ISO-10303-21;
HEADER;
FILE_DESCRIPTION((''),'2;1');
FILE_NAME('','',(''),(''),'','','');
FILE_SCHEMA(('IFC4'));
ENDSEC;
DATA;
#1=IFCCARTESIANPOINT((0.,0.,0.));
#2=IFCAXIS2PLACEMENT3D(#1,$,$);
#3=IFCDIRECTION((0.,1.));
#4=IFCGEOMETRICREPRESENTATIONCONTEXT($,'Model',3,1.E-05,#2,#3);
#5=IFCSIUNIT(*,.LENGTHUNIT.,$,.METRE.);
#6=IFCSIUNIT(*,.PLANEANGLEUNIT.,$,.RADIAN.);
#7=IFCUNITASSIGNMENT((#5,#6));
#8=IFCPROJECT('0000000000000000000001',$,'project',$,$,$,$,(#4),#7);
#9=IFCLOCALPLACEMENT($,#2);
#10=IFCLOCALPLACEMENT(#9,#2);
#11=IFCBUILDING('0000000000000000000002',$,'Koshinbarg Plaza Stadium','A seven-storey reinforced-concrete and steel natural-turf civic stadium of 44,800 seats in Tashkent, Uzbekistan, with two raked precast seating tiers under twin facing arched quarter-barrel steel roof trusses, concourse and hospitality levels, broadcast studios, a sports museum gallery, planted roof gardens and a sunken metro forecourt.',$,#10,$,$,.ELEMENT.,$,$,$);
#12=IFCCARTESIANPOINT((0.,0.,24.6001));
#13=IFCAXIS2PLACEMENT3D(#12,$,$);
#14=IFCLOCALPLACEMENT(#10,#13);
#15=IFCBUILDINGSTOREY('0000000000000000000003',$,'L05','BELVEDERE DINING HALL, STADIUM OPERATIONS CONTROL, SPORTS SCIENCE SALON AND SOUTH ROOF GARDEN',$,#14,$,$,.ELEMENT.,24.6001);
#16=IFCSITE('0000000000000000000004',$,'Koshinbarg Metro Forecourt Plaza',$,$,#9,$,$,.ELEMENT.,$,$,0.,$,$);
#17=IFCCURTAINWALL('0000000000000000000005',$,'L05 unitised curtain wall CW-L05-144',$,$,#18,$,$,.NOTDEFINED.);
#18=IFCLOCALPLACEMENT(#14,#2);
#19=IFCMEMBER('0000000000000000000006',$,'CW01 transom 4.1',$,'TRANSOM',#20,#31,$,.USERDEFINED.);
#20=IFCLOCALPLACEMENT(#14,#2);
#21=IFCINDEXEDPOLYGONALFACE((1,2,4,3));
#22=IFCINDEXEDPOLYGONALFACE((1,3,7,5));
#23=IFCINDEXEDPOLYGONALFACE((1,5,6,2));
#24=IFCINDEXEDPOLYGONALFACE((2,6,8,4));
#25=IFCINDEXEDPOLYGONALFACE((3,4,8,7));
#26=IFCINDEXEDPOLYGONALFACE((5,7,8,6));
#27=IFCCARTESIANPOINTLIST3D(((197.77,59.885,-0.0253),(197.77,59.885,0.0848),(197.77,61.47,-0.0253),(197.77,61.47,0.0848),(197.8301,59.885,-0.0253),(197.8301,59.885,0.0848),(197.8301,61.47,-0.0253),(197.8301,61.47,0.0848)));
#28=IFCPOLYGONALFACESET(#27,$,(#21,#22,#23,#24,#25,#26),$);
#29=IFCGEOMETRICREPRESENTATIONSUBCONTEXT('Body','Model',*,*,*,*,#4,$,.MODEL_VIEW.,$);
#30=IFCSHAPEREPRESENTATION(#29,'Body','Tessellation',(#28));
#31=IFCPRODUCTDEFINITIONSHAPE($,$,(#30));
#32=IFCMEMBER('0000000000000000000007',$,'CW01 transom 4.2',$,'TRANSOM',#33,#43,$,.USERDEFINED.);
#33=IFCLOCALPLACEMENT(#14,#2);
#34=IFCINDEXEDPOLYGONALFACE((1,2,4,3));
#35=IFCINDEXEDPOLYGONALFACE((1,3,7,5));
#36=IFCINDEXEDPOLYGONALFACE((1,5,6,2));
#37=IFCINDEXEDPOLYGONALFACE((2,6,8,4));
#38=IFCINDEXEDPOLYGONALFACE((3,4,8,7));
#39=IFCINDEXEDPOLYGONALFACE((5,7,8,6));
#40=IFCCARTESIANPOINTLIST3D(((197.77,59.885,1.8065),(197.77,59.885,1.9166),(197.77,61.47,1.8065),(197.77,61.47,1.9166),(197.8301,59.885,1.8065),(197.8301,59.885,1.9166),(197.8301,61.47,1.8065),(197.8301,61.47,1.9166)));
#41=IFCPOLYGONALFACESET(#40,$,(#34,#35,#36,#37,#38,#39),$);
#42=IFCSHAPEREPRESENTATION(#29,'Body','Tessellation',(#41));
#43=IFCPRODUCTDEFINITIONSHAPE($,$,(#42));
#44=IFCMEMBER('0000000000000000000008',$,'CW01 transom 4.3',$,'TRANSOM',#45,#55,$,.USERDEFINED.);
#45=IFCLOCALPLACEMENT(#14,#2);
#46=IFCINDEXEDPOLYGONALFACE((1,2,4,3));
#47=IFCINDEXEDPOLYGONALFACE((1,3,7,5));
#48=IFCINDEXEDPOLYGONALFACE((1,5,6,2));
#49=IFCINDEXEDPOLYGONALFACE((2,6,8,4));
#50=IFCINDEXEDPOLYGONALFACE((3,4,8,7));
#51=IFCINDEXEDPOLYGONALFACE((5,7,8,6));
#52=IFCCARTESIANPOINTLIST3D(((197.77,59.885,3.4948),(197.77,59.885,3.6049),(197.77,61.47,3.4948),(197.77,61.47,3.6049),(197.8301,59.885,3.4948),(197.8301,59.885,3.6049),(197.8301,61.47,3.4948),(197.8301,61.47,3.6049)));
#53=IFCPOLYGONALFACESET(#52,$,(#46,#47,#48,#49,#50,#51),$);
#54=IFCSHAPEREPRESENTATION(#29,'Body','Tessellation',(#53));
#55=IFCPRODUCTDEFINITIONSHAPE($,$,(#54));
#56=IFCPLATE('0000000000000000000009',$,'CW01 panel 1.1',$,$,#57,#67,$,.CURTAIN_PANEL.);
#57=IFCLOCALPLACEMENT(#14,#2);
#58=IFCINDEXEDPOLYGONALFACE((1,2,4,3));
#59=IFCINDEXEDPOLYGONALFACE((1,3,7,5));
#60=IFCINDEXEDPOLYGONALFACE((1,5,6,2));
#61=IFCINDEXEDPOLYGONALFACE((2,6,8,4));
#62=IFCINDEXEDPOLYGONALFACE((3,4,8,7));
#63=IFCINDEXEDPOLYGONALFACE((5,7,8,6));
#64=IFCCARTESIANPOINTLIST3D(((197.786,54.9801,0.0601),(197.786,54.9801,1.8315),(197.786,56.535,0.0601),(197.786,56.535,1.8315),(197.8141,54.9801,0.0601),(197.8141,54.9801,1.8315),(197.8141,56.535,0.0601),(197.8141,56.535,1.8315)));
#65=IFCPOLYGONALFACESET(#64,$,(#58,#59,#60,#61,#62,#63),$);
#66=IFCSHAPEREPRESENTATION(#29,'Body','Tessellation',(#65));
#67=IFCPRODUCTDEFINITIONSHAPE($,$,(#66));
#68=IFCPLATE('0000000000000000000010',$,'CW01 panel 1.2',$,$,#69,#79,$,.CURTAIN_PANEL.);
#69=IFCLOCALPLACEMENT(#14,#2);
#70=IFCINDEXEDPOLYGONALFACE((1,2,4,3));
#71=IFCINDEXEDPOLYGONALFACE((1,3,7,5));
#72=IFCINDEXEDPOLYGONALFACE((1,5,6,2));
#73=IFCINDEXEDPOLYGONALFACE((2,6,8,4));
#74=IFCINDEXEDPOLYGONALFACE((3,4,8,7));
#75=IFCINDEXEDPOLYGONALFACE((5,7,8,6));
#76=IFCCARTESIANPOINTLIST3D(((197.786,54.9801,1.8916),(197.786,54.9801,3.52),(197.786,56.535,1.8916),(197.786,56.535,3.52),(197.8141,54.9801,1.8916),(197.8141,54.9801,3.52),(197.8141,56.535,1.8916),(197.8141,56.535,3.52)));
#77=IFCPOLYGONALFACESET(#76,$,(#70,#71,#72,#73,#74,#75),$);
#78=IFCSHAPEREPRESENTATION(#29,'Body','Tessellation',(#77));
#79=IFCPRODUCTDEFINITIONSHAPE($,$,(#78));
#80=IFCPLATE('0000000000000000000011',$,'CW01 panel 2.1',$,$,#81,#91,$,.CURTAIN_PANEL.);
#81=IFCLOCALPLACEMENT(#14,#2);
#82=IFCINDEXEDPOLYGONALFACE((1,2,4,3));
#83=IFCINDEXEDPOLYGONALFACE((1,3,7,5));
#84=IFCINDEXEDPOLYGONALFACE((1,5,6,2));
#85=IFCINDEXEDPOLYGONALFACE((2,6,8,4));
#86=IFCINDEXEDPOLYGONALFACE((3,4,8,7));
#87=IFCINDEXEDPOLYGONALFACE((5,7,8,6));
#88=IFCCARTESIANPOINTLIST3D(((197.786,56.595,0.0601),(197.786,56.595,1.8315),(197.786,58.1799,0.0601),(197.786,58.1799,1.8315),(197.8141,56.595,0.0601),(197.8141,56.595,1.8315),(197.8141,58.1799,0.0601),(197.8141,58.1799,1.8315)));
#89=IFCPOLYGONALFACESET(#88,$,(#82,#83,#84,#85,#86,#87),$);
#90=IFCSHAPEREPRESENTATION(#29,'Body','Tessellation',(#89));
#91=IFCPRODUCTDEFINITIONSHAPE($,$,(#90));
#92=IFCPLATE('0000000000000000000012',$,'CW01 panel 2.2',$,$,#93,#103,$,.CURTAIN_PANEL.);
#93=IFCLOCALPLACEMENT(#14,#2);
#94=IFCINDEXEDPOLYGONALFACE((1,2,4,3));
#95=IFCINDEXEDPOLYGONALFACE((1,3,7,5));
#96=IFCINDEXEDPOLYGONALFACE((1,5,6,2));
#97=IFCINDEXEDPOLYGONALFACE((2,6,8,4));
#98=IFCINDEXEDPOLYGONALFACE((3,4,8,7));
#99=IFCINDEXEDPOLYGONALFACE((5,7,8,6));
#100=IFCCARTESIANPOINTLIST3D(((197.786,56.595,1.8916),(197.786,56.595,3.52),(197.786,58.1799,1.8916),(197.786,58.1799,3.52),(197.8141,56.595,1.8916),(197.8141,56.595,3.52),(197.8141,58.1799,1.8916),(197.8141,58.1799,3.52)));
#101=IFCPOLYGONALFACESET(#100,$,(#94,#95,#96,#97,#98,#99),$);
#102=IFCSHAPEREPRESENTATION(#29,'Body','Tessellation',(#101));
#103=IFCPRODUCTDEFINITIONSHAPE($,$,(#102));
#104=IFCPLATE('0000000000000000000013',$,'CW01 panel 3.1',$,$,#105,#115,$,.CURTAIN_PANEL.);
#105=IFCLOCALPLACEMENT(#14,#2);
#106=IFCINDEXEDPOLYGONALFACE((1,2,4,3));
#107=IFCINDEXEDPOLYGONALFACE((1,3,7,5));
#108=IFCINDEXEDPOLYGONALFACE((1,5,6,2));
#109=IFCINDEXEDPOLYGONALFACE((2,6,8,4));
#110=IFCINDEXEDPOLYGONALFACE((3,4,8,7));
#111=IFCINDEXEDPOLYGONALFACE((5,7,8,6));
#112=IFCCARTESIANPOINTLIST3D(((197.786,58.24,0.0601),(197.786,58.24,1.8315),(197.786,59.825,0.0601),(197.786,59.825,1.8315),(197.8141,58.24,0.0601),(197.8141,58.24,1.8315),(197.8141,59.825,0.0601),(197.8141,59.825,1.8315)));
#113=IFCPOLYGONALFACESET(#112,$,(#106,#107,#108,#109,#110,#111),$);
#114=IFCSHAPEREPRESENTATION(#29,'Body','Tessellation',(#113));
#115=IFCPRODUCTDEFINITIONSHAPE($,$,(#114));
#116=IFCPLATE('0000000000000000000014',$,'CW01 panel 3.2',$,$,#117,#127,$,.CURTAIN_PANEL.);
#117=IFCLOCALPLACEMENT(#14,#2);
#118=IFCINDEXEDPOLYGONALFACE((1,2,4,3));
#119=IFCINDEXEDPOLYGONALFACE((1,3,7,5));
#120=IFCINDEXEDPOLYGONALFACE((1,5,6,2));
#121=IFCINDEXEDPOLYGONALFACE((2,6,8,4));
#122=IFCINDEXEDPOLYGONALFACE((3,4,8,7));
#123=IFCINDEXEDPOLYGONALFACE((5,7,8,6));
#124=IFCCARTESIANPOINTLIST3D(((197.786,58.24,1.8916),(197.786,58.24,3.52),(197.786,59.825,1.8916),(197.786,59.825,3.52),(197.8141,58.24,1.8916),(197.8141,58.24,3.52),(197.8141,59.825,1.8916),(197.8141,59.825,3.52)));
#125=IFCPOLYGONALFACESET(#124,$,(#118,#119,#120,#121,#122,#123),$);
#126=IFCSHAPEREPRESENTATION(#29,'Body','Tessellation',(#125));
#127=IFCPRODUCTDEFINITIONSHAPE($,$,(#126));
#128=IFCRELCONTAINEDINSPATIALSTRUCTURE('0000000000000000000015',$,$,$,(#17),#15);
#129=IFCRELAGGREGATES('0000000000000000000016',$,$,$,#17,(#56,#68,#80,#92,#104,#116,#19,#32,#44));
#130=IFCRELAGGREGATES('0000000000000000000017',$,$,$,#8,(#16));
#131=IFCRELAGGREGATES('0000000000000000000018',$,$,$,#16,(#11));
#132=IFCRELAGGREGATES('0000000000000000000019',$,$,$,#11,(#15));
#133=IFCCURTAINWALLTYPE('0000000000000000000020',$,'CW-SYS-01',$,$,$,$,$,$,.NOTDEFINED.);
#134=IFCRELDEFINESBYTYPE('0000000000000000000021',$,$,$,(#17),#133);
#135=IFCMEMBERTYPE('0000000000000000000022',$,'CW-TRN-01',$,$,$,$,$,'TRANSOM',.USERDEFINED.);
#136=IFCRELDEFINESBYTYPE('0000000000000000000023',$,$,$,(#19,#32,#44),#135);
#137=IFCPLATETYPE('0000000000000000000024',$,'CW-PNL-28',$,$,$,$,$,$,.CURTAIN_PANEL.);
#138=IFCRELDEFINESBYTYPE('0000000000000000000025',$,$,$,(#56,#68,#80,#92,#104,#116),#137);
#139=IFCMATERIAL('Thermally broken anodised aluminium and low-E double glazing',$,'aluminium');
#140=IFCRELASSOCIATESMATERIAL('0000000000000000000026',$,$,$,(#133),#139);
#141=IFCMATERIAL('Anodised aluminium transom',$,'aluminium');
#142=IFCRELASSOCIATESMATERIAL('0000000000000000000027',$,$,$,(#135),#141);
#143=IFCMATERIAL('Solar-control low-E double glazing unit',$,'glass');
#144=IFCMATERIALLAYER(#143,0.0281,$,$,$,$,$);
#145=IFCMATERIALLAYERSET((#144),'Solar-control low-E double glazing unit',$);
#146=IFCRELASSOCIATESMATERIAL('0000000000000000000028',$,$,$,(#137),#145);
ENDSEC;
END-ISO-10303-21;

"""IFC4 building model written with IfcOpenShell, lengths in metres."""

from ifc_helpers import new_model, si_unit, direction, frame, origin, origin_2d, place, context, subcontext, project, spatial, rectangle, extrude, material, layer, layer_set, material_profile, profile_set, type_object, element, aggregate, save


model = new_model("IFC4")

# Units and contexts
model_context = context("Model", 3, precision=1e-05, world=origin(), true_north=direction((0.0, 1.0)))
body_context = subcontext(model_context, "Body", "Model", "MODEL_VIEW")
ifc_project = project(units=[si_unit("LENGTHUNIT", "METRE"), si_unit("PLANEANGLEUNIT", "RADIAN")], contexts=[model_context])

# Site, building, storey
site_placement = place(None, origin())
site = spatial("IfcSite", under=ifc_project, at=site_placement, Name="Koshinbarg Metro Forecourt Plaza", CompositionType="ELEMENT", RefElevation=0.0)
building_placement = place(site_placement, origin())
building = spatial("IfcBuilding", under=site, at=building_placement, Name="Koshinbarg Plaza Stadium", Description="A seven-storey reinforced-concrete and steel natural-turf civic stadium of 44,800 seats in Tashkent, Uzbekistan, with two raked precast seating tiers under twin facing arched quarter-barrel steel roof trusses, concourse and hospitality levels, broadcast studios, a sports museum gallery, planted roof gardens and a sunken metro forecourt.", CompositionType="ELEMENT")
storey_placement = place(building_placement, frame((0.0, 0.0, 24.6001)))
storey = spatial("IfcBuildingStorey", under=building, at=storey_placement, Name="L05", Description="BELVEDERE DINING HALL, STADIUM OPERATIONS CONTROL, SPORTS SCIENCE SALON AND SOUTH ROOF GARDEN", CompositionType="ELEMENT", Elevation=24.6001)

# Curtain wall
ifc_material_1 = material(Name="Thermally broken anodised aluminium and low-E double glazing", Category="aluminium")
curtain_wall_type_1 = type_object("IfcCurtainWallType", Name="CW-SYS-01", PredefinedType="NOTDEFINED", material=ifc_material_1)
curtain_wall_1_placement = place(storey_placement, origin())
curtain_wall_1 = element("IfcCurtainWall", 1, at=curtain_wall_1_placement, inside=storey, type_object=curtain_wall_type_1, Name="L05 unitised curtain wall CW-L05-144", PredefinedType="NOTDEFINED")

# Members
ifc_material_2 = material(Name="Anodised aluminium transom", Category="aluminium")
ifc_material_profile_1 = material_profile(ifc_material_2, rectangle(XDim=0.0601, YDim=0.1101, at=origin_2d()), Name="ALU 60x110")
ifc_profile_set_1 = profile_set([ifc_material_profile_1], Name="Anodised aluminium transom")
member_type_1 = type_object("IfcMemberType", Name="CW-TRN-01", ElementType="TRANSOM", PredefinedType="USERDEFINED", material=ifc_profile_set_1)
member_1_placement = place(storey_placement, frame((197.8, 59.885, 0.0298), z_axis=(0.0, 1.0, 0.0), x_axis=(-1.0, 0.0, 0.0)))
member_1 = element("IfcMember", 2, at=member_1_placement, type_object=member_type_1, Name="CW01 transom 4.1", ObjectType="TRANSOM", PredefinedType="USERDEFINED", context=body_context, shape_type="SweptSolid", body=[
    extrude(rectangle(XDim=0.0601, YDim=0.1101, at=origin_2d()), origin(), (0.0, 0.0, 1.0), 1.585),
])
member_2_placement = place(storey_placement, frame((197.8, 59.885, 1.8616), z_axis=(0.0, 1.0, 0.0), x_axis=(-1.0, 0.0, 0.0)))
member_2 = element("IfcMember", 3, at=member_2_placement, type_object=member_type_1, Name="CW01 transom 4.2", ObjectType="TRANSOM", PredefinedType="USERDEFINED", context=body_context, shape_type="SweptSolid", body=[
    extrude(rectangle(XDim=0.0601, YDim=0.1101, at=origin_2d()), origin(), (0.0, 0.0, 1.0), 1.585),
])
member_3_placement = place(storey_placement, frame((197.8, 59.885, 3.5498), z_axis=(0.0, 1.0, 0.0), x_axis=(-1.0, 0.0, 0.0)))
member_3 = element("IfcMember", 4, at=member_3_placement, type_object=member_type_1, Name="CW01 transom 4.3", ObjectType="TRANSOM", PredefinedType="USERDEFINED", context=body_context, shape_type="SweptSolid", body=[
    extrude(rectangle(XDim=0.0601, YDim=0.1101, at=origin_2d()), origin(), (0.0, 0.0, 1.0), 1.585),
])

# Plates
ifc_material_3 = material(Name="Solar-control low-E double glazing unit", Category="glass")
ifc_layer = layer(ifc_material_3, 0.0281)
ifc_layer_set = layer_set([ifc_layer], Name="Solar-control low-E double glazing unit")
plate_type = type_object("IfcPlateType", Name="CW-PNL-28", PredefinedType="CURTAIN_PANEL", material=ifc_layer_set)
plate_1_placement = place(storey_placement, frame((197.8, 55.7576, 0.0601), z_axis=(0.0, 0.0, 1.0), x_axis=(0.0, 1.0, 0.0)))
plate_1 = element("IfcPlate", 5, at=plate_1_placement, type_object=plate_type, Name="CW01 panel 1.1", PredefinedType="CURTAIN_PANEL", context=body_context, shape_type="SweptSolid", body=[
    extrude(rectangle(XDim=1.5549, YDim=0.0281, at=origin_2d()), origin(), (0.0, 0.0, 1.0), 1.7715),
])
plate_2_placement = place(storey_placement, frame((197.8, 55.7576, 1.8916), z_axis=(0.0, 0.0, 1.0), x_axis=(0.0, 1.0, 0.0)))
plate_2 = element("IfcPlate", 6, at=plate_2_placement, type_object=plate_type, Name="CW01 panel 1.2", PredefinedType="CURTAIN_PANEL", context=body_context, shape_type="SweptSolid", body=[
    extrude(rectangle(XDim=1.5549, YDim=0.0281, at=origin_2d()), origin(), (0.0, 0.0, 1.0), 1.6284),
])
plate_3_placement = place(storey_placement, frame((197.8, 57.3875, 0.0601), z_axis=(0.0, 0.0, 1.0), x_axis=(0.0, 1.0, 0.0)))
plate_3 = element("IfcPlate", 7, at=plate_3_placement, type_object=plate_type, Name="CW01 panel 2.1", PredefinedType="CURTAIN_PANEL", context=body_context, shape_type="SweptSolid", body=[
    extrude(rectangle(XDim=1.585, YDim=0.0281, at=origin_2d()), origin(), (0.0, 0.0, 1.0), 1.7715),
])
plate_4_placement = place(storey_placement, frame((197.8, 57.3875, 1.8916), z_axis=(0.0, 0.0, 1.0), x_axis=(0.0, 1.0, 0.0)))
plate_4 = element("IfcPlate", 8, at=plate_4_placement, type_object=plate_type, Name="CW01 panel 2.2", PredefinedType="CURTAIN_PANEL", context=body_context, shape_type="SweptSolid", body=[
    extrude(rectangle(XDim=1.585, YDim=0.0281, at=origin_2d()), origin(), (0.0, 0.0, 1.0), 1.6284),
])
plate_5_placement = place(storey_placement, frame((197.8, 59.0325, 0.0601), z_axis=(0.0, 0.0, 1.0), x_axis=(0.0, 1.0, 0.0)))
plate_5 = element("IfcPlate", 9, at=plate_5_placement, type_object=plate_type, Name="CW01 panel 3.1", PredefinedType="CURTAIN_PANEL", context=body_context, shape_type="SweptSolid", body=[
    extrude(rectangle(XDim=1.585, YDim=0.0281, at=origin_2d()), origin(), (0.0, 0.0, 1.0), 1.7715),
])
plate_6_placement = place(storey_placement, frame((197.8, 59.0325, 1.8916), z_axis=(0.0, 0.0, 1.0), x_axis=(0.0, 1.0, 0.0)))
plate_6 = element("IfcPlate", 10, at=plate_6_placement, type_object=plate_type, Name="CW01 panel 3.2", PredefinedType="CURTAIN_PANEL", context=body_context, shape_type="SweptSolid", body=[
    extrude(rectangle(XDim=1.585, YDim=0.0281, at=origin_2d()), origin(), (0.0, 0.0, 1.0), 1.6284),
])
aggregate(curtain_wall_1, [plate_1, plate_2, plate_3, plate_4, plate_5, plate_6, member_1, member_2, member_3])

save(model, "model.ifc")
